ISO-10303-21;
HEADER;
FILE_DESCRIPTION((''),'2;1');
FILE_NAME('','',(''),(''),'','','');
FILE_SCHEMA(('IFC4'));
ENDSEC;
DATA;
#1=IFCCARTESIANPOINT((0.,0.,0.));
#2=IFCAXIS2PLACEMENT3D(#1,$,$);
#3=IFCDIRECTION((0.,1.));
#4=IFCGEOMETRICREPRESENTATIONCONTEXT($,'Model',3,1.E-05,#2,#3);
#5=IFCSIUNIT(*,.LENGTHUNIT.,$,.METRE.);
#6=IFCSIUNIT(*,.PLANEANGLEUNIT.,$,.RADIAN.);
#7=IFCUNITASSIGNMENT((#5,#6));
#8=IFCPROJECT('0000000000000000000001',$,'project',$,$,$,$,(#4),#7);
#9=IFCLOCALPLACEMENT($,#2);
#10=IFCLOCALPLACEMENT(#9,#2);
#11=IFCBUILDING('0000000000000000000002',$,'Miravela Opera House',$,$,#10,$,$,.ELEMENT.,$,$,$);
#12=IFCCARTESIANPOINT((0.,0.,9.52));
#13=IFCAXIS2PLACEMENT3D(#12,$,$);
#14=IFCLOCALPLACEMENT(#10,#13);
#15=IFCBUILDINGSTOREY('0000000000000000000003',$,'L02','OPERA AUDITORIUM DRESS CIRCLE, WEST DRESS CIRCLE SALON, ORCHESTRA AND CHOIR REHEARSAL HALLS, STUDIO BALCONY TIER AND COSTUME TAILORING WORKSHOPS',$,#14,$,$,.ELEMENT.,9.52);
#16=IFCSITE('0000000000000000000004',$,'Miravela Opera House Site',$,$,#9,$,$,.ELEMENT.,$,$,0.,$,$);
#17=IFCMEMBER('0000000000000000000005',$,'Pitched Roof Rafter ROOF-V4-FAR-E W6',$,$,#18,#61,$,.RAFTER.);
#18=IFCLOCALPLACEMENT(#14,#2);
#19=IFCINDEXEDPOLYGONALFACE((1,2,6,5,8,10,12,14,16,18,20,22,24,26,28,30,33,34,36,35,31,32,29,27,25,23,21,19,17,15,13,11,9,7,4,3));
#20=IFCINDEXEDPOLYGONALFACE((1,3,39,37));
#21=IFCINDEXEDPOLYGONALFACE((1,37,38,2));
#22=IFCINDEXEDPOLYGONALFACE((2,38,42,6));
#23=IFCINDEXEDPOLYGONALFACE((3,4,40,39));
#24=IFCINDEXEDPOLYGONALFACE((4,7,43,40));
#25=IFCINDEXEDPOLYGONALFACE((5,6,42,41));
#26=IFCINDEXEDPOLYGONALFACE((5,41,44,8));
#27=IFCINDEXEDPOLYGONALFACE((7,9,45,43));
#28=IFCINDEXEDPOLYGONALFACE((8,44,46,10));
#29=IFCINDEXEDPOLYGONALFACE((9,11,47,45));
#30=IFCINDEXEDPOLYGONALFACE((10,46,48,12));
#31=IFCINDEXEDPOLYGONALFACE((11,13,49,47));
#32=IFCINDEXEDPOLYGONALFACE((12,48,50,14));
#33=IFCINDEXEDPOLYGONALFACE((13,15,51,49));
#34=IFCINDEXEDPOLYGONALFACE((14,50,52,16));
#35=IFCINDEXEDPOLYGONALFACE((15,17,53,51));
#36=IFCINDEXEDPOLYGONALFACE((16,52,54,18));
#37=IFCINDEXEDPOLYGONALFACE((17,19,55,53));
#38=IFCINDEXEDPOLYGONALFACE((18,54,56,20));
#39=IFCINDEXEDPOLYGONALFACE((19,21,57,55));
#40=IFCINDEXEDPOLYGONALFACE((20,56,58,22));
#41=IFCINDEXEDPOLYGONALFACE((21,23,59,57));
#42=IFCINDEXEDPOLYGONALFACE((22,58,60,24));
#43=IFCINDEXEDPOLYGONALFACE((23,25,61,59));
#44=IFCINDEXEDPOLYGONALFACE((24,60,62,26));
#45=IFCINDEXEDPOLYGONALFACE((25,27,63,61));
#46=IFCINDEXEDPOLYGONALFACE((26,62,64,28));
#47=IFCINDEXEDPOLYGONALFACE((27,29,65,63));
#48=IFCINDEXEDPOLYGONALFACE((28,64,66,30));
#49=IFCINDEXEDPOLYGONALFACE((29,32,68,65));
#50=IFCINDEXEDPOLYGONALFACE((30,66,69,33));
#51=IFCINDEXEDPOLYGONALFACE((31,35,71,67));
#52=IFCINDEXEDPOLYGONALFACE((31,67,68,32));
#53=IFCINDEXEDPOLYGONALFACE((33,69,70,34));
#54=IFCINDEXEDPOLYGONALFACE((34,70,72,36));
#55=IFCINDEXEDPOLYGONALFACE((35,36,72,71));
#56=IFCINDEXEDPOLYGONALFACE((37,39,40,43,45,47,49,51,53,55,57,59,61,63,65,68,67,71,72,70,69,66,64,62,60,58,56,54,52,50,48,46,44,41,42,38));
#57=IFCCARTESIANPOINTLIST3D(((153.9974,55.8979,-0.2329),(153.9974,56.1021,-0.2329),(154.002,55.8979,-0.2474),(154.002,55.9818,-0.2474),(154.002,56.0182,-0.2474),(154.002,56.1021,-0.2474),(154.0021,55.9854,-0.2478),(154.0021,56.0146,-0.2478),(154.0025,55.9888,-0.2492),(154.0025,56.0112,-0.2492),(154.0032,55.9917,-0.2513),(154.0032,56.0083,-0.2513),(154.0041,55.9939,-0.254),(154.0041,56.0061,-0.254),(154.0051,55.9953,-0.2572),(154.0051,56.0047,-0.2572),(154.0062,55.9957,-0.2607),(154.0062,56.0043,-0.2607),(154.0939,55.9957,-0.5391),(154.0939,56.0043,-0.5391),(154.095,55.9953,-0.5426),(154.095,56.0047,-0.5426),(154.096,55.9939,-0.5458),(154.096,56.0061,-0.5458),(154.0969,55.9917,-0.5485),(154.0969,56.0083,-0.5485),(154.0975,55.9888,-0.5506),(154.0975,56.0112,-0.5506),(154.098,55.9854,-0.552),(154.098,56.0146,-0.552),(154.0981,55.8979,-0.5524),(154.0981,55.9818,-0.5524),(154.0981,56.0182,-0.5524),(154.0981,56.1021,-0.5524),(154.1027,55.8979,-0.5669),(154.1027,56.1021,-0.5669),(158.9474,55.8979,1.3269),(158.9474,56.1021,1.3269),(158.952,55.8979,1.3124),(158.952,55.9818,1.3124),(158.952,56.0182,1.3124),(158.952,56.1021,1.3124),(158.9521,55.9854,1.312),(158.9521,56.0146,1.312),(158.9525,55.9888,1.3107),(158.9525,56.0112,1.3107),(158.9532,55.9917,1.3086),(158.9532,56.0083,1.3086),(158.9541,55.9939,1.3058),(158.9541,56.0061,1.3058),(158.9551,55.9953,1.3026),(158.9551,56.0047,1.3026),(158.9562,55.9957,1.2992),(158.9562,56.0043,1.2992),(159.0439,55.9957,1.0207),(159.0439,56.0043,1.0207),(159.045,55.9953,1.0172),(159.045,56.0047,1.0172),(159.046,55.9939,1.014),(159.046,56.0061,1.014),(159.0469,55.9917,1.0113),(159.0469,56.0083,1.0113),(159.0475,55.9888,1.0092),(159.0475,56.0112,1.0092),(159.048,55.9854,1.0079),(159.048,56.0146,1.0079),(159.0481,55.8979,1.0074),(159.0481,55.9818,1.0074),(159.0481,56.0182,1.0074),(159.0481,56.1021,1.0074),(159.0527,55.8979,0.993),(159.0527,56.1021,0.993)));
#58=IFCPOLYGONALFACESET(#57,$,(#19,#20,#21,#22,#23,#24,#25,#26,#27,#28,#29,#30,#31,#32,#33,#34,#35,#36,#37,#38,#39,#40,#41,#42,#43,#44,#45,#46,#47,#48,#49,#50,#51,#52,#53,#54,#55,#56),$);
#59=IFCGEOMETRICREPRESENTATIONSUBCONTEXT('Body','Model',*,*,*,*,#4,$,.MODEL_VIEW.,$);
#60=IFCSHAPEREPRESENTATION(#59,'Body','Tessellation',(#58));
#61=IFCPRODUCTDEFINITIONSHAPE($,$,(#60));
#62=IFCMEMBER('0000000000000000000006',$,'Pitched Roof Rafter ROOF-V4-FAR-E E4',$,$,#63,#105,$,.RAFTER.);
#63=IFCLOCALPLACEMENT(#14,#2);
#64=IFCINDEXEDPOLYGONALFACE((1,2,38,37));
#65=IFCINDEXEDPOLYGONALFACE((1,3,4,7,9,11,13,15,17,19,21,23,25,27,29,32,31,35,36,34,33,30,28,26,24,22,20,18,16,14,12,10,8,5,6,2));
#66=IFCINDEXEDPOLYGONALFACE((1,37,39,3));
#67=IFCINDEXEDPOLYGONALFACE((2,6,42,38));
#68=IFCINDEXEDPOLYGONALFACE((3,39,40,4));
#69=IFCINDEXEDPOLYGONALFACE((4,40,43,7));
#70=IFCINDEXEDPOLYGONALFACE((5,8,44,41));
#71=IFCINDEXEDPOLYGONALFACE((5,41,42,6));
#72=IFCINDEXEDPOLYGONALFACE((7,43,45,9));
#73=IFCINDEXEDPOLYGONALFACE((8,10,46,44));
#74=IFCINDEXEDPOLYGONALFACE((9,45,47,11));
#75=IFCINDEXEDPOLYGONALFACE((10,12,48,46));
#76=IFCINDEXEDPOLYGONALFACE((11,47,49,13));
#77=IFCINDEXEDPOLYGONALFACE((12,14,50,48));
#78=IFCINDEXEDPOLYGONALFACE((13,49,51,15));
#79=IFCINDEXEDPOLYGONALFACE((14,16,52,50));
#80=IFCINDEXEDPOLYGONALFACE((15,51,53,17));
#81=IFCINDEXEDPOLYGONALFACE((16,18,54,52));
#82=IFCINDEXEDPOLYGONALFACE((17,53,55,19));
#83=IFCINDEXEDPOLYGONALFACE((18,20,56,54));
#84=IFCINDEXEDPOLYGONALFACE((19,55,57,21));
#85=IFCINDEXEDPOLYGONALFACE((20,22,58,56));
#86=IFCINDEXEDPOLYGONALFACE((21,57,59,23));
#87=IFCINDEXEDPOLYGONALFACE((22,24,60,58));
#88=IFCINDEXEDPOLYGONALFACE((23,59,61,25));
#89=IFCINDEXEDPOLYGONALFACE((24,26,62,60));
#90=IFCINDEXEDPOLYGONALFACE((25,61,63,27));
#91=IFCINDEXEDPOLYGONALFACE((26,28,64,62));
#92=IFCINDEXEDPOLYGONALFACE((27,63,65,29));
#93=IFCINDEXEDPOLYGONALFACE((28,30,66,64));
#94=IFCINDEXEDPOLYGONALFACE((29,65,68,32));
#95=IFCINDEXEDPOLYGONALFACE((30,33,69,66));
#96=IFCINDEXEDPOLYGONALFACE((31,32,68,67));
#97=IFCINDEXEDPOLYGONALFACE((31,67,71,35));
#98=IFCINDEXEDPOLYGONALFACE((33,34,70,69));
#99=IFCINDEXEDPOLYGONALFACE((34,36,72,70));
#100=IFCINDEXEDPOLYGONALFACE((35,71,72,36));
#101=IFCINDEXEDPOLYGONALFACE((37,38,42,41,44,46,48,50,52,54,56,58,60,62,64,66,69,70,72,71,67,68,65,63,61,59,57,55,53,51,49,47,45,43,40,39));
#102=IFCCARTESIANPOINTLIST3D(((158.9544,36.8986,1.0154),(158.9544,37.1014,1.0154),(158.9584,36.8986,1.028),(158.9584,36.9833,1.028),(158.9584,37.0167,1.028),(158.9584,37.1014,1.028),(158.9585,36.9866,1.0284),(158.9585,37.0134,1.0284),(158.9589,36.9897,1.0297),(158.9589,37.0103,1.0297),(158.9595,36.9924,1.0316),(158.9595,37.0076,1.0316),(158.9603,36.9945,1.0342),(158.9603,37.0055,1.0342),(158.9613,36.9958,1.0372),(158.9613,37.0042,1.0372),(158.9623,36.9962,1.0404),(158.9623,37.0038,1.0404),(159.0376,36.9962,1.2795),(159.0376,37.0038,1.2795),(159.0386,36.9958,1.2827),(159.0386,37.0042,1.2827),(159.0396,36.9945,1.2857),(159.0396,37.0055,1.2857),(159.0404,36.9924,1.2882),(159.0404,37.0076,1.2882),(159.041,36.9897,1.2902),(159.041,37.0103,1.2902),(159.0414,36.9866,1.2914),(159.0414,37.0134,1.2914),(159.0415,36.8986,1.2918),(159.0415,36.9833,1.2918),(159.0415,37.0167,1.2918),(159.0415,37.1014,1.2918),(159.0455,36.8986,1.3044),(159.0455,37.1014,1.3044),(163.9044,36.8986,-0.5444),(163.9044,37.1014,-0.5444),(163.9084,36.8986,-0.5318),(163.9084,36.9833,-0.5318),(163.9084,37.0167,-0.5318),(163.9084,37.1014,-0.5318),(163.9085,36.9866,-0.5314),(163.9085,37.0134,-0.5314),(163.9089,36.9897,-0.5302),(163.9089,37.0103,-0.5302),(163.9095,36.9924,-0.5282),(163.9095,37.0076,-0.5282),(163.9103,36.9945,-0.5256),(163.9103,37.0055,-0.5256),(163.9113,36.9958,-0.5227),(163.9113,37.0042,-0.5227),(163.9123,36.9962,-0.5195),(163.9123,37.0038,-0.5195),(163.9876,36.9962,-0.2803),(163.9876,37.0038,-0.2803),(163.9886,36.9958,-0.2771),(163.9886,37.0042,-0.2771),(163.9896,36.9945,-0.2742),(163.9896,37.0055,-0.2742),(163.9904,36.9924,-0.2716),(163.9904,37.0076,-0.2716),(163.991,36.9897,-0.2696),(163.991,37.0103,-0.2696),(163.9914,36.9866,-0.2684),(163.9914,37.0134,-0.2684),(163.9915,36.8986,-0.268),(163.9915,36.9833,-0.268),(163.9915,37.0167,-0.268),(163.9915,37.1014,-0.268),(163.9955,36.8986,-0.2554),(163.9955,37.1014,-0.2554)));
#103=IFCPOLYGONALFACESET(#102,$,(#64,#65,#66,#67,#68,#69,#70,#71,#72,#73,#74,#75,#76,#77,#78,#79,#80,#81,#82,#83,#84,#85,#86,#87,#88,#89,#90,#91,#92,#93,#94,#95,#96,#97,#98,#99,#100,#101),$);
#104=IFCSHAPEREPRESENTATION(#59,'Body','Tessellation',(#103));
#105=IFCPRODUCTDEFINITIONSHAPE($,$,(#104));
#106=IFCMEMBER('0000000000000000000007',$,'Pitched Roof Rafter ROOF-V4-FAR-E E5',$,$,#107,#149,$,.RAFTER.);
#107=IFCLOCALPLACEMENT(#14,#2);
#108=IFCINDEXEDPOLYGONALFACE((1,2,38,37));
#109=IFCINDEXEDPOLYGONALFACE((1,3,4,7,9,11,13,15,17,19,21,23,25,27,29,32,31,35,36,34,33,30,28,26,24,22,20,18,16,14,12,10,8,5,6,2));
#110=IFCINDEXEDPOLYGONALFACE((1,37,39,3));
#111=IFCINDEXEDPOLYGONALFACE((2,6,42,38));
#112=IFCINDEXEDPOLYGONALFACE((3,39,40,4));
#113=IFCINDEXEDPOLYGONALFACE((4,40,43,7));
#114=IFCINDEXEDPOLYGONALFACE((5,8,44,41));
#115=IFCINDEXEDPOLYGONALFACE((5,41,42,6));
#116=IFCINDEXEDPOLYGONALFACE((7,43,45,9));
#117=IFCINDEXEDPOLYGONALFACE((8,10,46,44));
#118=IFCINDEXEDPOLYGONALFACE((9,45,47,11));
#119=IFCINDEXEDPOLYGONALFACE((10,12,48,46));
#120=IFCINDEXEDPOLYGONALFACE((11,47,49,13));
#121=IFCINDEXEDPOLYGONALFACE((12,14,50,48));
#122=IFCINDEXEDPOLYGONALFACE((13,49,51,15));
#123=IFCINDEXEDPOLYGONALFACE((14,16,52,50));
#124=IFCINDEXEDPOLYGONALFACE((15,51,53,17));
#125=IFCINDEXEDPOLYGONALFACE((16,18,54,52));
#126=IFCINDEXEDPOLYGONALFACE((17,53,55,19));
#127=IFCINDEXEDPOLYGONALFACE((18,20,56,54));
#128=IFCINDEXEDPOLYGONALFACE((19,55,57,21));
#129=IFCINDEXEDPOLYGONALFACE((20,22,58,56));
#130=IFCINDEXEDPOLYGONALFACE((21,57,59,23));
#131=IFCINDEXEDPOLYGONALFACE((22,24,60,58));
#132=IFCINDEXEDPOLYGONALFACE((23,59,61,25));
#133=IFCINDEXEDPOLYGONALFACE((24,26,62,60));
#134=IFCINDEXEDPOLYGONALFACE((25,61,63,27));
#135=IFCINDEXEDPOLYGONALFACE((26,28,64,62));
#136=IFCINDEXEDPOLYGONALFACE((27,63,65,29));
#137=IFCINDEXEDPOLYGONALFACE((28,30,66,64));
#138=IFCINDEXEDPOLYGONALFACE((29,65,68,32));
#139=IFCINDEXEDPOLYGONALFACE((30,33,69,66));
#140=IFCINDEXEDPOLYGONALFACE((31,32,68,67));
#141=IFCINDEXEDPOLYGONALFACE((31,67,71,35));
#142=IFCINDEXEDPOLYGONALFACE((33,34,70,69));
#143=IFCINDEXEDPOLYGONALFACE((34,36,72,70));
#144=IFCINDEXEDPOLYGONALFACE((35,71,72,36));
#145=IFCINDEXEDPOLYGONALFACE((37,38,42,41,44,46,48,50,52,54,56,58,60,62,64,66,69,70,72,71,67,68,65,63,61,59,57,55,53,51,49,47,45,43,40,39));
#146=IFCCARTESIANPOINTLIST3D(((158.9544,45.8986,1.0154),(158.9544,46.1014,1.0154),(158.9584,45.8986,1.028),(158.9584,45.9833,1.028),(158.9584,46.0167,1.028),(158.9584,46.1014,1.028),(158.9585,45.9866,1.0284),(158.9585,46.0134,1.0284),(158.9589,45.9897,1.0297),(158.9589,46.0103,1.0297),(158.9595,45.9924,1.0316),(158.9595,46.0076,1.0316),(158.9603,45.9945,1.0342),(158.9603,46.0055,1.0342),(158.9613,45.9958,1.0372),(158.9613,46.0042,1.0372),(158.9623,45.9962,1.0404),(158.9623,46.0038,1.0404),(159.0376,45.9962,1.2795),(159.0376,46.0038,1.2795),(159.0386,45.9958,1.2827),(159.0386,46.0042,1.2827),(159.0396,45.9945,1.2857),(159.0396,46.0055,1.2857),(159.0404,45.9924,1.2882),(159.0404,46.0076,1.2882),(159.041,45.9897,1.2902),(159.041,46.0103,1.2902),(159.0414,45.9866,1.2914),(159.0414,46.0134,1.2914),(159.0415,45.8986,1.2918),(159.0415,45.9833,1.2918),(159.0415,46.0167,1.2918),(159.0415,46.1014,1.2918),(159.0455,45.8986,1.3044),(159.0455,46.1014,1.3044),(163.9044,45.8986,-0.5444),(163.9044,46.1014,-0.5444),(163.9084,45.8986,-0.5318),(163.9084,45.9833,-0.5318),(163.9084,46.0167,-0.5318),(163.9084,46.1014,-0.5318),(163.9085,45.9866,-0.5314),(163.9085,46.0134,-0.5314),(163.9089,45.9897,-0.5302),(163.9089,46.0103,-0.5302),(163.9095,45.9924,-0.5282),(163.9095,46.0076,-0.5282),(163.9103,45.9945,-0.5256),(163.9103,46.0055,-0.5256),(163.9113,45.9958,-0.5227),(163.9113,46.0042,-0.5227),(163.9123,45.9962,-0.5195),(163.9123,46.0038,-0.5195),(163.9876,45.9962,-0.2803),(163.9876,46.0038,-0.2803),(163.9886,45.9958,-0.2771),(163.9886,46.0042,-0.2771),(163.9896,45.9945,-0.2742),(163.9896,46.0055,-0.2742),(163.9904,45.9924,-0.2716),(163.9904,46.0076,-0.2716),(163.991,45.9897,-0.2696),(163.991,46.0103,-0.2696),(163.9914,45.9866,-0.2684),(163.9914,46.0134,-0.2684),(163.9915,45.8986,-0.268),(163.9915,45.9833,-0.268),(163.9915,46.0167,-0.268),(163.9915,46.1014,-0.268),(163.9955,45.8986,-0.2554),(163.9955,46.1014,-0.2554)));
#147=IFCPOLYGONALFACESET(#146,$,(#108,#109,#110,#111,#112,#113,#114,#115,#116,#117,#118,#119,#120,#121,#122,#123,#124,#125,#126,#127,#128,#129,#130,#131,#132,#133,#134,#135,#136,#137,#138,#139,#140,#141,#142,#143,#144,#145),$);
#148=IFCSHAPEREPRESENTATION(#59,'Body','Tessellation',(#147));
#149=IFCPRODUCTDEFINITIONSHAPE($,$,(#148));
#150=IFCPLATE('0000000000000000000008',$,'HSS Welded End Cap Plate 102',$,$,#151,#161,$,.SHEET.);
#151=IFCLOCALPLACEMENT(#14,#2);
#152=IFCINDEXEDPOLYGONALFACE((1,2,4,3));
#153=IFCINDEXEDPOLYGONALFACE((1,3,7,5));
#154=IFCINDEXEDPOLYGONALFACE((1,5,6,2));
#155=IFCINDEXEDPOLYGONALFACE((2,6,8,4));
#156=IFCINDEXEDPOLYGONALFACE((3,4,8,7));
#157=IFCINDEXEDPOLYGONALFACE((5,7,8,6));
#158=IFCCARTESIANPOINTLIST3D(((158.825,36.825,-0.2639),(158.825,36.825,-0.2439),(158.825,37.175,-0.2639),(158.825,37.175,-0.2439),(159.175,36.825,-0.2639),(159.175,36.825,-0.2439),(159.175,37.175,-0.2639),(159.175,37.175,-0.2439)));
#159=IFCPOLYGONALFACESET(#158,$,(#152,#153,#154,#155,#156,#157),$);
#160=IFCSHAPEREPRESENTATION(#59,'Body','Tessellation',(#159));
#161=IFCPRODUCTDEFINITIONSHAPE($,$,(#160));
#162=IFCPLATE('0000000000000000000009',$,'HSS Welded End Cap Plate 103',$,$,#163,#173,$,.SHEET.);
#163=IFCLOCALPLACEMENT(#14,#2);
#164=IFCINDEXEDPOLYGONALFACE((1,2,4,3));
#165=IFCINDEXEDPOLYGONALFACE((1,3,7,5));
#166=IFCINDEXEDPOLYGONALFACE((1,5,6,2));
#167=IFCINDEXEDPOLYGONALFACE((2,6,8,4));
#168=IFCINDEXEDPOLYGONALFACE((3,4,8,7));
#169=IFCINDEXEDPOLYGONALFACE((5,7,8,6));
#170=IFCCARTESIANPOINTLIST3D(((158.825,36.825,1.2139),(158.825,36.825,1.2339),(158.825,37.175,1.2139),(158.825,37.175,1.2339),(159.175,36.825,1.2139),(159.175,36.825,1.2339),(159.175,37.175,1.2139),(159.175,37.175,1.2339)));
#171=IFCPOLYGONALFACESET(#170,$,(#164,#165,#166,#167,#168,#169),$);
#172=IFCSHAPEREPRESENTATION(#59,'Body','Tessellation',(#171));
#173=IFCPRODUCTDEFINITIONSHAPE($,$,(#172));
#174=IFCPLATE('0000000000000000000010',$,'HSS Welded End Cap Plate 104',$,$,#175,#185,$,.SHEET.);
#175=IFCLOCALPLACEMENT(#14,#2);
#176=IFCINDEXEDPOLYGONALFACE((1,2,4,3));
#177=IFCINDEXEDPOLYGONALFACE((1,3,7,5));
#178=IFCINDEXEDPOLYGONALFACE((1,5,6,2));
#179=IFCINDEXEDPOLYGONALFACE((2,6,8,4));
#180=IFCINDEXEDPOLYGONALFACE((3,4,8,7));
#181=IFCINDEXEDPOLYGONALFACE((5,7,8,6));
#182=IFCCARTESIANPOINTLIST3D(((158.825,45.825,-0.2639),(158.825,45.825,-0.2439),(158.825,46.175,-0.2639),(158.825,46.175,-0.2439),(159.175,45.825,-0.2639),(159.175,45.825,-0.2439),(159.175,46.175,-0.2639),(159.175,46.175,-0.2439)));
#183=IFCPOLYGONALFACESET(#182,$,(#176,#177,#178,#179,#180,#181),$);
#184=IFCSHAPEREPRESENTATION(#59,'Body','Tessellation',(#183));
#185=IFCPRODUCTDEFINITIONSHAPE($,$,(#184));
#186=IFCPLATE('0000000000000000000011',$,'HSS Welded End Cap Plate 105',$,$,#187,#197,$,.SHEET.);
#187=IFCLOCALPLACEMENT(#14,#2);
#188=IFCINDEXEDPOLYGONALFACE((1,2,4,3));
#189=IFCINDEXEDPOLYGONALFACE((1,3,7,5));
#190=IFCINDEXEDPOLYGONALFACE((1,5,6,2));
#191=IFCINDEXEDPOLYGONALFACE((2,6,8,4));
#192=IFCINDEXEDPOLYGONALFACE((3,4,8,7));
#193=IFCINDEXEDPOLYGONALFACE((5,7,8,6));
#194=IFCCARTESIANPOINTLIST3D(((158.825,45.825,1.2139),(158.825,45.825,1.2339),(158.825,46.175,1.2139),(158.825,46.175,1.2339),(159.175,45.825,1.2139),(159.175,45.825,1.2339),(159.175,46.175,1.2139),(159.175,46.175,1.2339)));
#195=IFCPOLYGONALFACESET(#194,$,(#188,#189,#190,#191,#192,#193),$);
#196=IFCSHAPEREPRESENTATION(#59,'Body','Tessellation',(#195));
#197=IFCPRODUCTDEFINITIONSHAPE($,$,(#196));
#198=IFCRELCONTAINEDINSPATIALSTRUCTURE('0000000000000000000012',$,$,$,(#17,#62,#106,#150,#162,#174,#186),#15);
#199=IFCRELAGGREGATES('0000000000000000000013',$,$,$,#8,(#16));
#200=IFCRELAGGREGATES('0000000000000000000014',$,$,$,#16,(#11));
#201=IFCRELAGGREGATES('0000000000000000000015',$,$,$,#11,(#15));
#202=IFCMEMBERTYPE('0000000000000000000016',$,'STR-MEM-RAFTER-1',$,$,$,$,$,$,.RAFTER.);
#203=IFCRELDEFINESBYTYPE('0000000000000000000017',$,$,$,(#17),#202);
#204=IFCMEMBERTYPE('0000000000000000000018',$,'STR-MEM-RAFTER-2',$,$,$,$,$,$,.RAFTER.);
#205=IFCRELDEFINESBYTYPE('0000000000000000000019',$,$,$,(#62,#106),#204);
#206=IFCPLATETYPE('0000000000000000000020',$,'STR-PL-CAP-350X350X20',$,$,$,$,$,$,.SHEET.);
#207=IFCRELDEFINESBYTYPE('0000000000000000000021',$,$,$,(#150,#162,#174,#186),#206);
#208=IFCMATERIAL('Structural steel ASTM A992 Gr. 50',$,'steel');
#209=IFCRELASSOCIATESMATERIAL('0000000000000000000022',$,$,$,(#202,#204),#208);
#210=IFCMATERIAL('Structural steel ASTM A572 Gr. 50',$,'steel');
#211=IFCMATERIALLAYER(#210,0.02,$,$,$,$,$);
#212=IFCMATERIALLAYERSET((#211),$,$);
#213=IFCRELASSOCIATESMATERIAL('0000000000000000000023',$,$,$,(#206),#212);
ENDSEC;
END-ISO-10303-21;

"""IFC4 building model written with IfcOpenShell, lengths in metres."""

from ifc_helpers import new_model, si_unit, direction, frame, origin, origin_2d, place, context, subcontext, project, spatial, rectangle, i_section, extrude, material, layer, layer_set, material_profile, profile_set, type_object, element, save


model = new_model("IFC4")

# Units and contexts
model_context = context("Model", 3, precision=1e-05, world=origin(), true_north=direction((0.0, 1.0)))
body_context = subcontext(model_context, "Body", "Model", "MODEL_VIEW")
ifc_project = project(units=[si_unit("LENGTHUNIT", "METRE"), si_unit("PLANEANGLEUNIT", "RADIAN")], contexts=[model_context])

# Site, building, storey
site_placement = place(None, origin())
site = spatial("IfcSite", under=ifc_project, at=site_placement, Name="Miravela Opera House Site", CompositionType="ELEMENT", RefElevation=0.0)
building_placement = place(site_placement, origin())
building = spatial("IfcBuilding", under=site, at=building_placement, Name="Miravela Opera House", CompositionType="ELEMENT")
storey_placement = place(building_placement, frame((0.0, 0.0, 9.52)))
storey = spatial("IfcBuildingStorey", under=building, at=storey_placement, Name="L02", Description="OPERA AUDITORIUM DRESS CIRCLE, WEST DRESS CIRCLE SALON, ORCHESTRA AND CHOIR REHEARSAL HALLS, STUDIO BALCONY TIER AND COSTUME TAILORING WORKSHOPS", CompositionType="ELEMENT", Elevation=9.52)

# Shared definitions
ifc_material_1 = material(Name="Structural steel ASTM A992 Gr. 50", Category="steel")

# Members
ifc_material_profile_1 = material_profile(ifc_material_1, i_section(OverallWidth=0.2041, OverallDepth=0.3501, WebThickness=0.0085, FlangeThickness=0.0151, FilletRadius=0.0139, at=origin_2d()), Name="W360X72")
ifc_profile_set_1 = profile_set([ifc_material_profile_1])
member_type_1 = type_object("IfcMemberType", Name="STR-MEM-RAFTER-1", PredefinedType="RAFTER", material=ifc_profile_set_1)
for number, where, z_axis, x_axis, name in (
    (1, (154.05, 56.0, -0.3999), (0.953767, 0.0, 0.300548), (0.0, 1.0, 0.0), "Pitched Roof Rafter ROOF-V4-FAR-E W6"),
):
    element("IfcMember", number, at=place(storey_placement, frame(where, z_axis=z_axis, x_axis=x_axis)), inside=storey, type_object=member_type_1, Name=name, PredefinedType="RAFTER", context=body_context, shape_type="SweptSolid", body=[
        extrude(i_section(OverallWidth=0.2041, OverallDepth=0.3501, WebThickness=0.0085, FlangeThickness=0.0151, FilletRadius=0.0139, at=origin_2d()), origin(), (0.0, 0.0, 1.0), 5.1899),
    ])
ifc_material_profile_2 = material_profile(ifc_material_1, i_section(OverallWidth=0.2029, OverallDepth=0.303, WebThickness=0.0076, FlangeThickness=0.0132, FilletRadius=0.0129, at=origin_2d()), Name="W310X60")
ifc_profile_set_2 = profile_set([ifc_material_profile_2])
member_type_2 = type_object("IfcMemberType", Name="STR-MEM-RAFTER-2", PredefinedType="RAFTER", material=ifc_profile_set_2)
for number, where, z_axis, x_axis, name in (
    (2, (163.95, 37.0, -0.3999), (-0.953767, 0.0, 0.300548), (0.0, -1.0, 0.0), "Pitched Roof Rafter ROOF-V4-FAR-E E4"),
    (3, (163.95, 46.0, -0.3999), (-0.953767, 0.0, 0.300548), (0.0, -1.0, 0.0), "Pitched Roof Rafter ROOF-V4-FAR-E E5"),
):
    element("IfcMember", number, at=place(storey_placement, frame(where, z_axis=z_axis, x_axis=x_axis)), inside=storey, type_object=member_type_2, Name=name, PredefinedType="RAFTER", context=body_context, shape_type="SweptSolid", body=[
        extrude(i_section(OverallWidth=0.2029, OverallDepth=0.303, WebThickness=0.0076, FlangeThickness=0.0132, FilletRadius=0.0129, at=origin_2d()), origin(), (0.0, 0.0, 1.0), 5.1899),
    ])

# Plates
ifc_material_2 = material(Name="Structural steel ASTM A572 Gr. 50", Category="steel")
ifc_layer_1 = layer(ifc_material_2, 0.02)
ifc_layer_set_1 = layer_set([ifc_layer_1])
plate_type = type_object("IfcPlateType", Name="STR-PL-CAP-350X350X20", PredefinedType="SHEET", material=ifc_layer_set_1)
for number, where, z_axis, x_axis, name in (
    (4, (159.0, 37.0, -0.2639), (0.0, 0.0, 1.0), (1.0, 0.0, 0.0), "HSS Welded End Cap Plate 102"),
    (5, (159.0, 37.0, 1.2139), (0.0, 0.0, 1.0), (1.0, 0.0, 0.0), "HSS Welded End Cap Plate 103"),
    (6, (159.0, 46.0, -0.2639), (0.0, 0.0, 1.0), (1.0, 0.0, 0.0), "HSS Welded End Cap Plate 104"),
    (7, (159.0, 46.0, 1.2139), (0.0, 0.0, 1.0), (1.0, 0.0, 0.0), "HSS Welded End Cap Plate 105"),
):
    element("IfcPlate", number, at=place(storey_placement, frame(where, z_axis=z_axis, x_axis=x_axis)), inside=storey, type_object=plate_type, Name=name, PredefinedType="SHEET", context=body_context, shape_type="SweptSolid", body=[
        extrude(rectangle(XDim=0.3501, YDim=0.3501, at=origin_2d()), origin(), (0.0, 0.0, 1.0), 0.02),
    ])

save(model, "model.ifc")
